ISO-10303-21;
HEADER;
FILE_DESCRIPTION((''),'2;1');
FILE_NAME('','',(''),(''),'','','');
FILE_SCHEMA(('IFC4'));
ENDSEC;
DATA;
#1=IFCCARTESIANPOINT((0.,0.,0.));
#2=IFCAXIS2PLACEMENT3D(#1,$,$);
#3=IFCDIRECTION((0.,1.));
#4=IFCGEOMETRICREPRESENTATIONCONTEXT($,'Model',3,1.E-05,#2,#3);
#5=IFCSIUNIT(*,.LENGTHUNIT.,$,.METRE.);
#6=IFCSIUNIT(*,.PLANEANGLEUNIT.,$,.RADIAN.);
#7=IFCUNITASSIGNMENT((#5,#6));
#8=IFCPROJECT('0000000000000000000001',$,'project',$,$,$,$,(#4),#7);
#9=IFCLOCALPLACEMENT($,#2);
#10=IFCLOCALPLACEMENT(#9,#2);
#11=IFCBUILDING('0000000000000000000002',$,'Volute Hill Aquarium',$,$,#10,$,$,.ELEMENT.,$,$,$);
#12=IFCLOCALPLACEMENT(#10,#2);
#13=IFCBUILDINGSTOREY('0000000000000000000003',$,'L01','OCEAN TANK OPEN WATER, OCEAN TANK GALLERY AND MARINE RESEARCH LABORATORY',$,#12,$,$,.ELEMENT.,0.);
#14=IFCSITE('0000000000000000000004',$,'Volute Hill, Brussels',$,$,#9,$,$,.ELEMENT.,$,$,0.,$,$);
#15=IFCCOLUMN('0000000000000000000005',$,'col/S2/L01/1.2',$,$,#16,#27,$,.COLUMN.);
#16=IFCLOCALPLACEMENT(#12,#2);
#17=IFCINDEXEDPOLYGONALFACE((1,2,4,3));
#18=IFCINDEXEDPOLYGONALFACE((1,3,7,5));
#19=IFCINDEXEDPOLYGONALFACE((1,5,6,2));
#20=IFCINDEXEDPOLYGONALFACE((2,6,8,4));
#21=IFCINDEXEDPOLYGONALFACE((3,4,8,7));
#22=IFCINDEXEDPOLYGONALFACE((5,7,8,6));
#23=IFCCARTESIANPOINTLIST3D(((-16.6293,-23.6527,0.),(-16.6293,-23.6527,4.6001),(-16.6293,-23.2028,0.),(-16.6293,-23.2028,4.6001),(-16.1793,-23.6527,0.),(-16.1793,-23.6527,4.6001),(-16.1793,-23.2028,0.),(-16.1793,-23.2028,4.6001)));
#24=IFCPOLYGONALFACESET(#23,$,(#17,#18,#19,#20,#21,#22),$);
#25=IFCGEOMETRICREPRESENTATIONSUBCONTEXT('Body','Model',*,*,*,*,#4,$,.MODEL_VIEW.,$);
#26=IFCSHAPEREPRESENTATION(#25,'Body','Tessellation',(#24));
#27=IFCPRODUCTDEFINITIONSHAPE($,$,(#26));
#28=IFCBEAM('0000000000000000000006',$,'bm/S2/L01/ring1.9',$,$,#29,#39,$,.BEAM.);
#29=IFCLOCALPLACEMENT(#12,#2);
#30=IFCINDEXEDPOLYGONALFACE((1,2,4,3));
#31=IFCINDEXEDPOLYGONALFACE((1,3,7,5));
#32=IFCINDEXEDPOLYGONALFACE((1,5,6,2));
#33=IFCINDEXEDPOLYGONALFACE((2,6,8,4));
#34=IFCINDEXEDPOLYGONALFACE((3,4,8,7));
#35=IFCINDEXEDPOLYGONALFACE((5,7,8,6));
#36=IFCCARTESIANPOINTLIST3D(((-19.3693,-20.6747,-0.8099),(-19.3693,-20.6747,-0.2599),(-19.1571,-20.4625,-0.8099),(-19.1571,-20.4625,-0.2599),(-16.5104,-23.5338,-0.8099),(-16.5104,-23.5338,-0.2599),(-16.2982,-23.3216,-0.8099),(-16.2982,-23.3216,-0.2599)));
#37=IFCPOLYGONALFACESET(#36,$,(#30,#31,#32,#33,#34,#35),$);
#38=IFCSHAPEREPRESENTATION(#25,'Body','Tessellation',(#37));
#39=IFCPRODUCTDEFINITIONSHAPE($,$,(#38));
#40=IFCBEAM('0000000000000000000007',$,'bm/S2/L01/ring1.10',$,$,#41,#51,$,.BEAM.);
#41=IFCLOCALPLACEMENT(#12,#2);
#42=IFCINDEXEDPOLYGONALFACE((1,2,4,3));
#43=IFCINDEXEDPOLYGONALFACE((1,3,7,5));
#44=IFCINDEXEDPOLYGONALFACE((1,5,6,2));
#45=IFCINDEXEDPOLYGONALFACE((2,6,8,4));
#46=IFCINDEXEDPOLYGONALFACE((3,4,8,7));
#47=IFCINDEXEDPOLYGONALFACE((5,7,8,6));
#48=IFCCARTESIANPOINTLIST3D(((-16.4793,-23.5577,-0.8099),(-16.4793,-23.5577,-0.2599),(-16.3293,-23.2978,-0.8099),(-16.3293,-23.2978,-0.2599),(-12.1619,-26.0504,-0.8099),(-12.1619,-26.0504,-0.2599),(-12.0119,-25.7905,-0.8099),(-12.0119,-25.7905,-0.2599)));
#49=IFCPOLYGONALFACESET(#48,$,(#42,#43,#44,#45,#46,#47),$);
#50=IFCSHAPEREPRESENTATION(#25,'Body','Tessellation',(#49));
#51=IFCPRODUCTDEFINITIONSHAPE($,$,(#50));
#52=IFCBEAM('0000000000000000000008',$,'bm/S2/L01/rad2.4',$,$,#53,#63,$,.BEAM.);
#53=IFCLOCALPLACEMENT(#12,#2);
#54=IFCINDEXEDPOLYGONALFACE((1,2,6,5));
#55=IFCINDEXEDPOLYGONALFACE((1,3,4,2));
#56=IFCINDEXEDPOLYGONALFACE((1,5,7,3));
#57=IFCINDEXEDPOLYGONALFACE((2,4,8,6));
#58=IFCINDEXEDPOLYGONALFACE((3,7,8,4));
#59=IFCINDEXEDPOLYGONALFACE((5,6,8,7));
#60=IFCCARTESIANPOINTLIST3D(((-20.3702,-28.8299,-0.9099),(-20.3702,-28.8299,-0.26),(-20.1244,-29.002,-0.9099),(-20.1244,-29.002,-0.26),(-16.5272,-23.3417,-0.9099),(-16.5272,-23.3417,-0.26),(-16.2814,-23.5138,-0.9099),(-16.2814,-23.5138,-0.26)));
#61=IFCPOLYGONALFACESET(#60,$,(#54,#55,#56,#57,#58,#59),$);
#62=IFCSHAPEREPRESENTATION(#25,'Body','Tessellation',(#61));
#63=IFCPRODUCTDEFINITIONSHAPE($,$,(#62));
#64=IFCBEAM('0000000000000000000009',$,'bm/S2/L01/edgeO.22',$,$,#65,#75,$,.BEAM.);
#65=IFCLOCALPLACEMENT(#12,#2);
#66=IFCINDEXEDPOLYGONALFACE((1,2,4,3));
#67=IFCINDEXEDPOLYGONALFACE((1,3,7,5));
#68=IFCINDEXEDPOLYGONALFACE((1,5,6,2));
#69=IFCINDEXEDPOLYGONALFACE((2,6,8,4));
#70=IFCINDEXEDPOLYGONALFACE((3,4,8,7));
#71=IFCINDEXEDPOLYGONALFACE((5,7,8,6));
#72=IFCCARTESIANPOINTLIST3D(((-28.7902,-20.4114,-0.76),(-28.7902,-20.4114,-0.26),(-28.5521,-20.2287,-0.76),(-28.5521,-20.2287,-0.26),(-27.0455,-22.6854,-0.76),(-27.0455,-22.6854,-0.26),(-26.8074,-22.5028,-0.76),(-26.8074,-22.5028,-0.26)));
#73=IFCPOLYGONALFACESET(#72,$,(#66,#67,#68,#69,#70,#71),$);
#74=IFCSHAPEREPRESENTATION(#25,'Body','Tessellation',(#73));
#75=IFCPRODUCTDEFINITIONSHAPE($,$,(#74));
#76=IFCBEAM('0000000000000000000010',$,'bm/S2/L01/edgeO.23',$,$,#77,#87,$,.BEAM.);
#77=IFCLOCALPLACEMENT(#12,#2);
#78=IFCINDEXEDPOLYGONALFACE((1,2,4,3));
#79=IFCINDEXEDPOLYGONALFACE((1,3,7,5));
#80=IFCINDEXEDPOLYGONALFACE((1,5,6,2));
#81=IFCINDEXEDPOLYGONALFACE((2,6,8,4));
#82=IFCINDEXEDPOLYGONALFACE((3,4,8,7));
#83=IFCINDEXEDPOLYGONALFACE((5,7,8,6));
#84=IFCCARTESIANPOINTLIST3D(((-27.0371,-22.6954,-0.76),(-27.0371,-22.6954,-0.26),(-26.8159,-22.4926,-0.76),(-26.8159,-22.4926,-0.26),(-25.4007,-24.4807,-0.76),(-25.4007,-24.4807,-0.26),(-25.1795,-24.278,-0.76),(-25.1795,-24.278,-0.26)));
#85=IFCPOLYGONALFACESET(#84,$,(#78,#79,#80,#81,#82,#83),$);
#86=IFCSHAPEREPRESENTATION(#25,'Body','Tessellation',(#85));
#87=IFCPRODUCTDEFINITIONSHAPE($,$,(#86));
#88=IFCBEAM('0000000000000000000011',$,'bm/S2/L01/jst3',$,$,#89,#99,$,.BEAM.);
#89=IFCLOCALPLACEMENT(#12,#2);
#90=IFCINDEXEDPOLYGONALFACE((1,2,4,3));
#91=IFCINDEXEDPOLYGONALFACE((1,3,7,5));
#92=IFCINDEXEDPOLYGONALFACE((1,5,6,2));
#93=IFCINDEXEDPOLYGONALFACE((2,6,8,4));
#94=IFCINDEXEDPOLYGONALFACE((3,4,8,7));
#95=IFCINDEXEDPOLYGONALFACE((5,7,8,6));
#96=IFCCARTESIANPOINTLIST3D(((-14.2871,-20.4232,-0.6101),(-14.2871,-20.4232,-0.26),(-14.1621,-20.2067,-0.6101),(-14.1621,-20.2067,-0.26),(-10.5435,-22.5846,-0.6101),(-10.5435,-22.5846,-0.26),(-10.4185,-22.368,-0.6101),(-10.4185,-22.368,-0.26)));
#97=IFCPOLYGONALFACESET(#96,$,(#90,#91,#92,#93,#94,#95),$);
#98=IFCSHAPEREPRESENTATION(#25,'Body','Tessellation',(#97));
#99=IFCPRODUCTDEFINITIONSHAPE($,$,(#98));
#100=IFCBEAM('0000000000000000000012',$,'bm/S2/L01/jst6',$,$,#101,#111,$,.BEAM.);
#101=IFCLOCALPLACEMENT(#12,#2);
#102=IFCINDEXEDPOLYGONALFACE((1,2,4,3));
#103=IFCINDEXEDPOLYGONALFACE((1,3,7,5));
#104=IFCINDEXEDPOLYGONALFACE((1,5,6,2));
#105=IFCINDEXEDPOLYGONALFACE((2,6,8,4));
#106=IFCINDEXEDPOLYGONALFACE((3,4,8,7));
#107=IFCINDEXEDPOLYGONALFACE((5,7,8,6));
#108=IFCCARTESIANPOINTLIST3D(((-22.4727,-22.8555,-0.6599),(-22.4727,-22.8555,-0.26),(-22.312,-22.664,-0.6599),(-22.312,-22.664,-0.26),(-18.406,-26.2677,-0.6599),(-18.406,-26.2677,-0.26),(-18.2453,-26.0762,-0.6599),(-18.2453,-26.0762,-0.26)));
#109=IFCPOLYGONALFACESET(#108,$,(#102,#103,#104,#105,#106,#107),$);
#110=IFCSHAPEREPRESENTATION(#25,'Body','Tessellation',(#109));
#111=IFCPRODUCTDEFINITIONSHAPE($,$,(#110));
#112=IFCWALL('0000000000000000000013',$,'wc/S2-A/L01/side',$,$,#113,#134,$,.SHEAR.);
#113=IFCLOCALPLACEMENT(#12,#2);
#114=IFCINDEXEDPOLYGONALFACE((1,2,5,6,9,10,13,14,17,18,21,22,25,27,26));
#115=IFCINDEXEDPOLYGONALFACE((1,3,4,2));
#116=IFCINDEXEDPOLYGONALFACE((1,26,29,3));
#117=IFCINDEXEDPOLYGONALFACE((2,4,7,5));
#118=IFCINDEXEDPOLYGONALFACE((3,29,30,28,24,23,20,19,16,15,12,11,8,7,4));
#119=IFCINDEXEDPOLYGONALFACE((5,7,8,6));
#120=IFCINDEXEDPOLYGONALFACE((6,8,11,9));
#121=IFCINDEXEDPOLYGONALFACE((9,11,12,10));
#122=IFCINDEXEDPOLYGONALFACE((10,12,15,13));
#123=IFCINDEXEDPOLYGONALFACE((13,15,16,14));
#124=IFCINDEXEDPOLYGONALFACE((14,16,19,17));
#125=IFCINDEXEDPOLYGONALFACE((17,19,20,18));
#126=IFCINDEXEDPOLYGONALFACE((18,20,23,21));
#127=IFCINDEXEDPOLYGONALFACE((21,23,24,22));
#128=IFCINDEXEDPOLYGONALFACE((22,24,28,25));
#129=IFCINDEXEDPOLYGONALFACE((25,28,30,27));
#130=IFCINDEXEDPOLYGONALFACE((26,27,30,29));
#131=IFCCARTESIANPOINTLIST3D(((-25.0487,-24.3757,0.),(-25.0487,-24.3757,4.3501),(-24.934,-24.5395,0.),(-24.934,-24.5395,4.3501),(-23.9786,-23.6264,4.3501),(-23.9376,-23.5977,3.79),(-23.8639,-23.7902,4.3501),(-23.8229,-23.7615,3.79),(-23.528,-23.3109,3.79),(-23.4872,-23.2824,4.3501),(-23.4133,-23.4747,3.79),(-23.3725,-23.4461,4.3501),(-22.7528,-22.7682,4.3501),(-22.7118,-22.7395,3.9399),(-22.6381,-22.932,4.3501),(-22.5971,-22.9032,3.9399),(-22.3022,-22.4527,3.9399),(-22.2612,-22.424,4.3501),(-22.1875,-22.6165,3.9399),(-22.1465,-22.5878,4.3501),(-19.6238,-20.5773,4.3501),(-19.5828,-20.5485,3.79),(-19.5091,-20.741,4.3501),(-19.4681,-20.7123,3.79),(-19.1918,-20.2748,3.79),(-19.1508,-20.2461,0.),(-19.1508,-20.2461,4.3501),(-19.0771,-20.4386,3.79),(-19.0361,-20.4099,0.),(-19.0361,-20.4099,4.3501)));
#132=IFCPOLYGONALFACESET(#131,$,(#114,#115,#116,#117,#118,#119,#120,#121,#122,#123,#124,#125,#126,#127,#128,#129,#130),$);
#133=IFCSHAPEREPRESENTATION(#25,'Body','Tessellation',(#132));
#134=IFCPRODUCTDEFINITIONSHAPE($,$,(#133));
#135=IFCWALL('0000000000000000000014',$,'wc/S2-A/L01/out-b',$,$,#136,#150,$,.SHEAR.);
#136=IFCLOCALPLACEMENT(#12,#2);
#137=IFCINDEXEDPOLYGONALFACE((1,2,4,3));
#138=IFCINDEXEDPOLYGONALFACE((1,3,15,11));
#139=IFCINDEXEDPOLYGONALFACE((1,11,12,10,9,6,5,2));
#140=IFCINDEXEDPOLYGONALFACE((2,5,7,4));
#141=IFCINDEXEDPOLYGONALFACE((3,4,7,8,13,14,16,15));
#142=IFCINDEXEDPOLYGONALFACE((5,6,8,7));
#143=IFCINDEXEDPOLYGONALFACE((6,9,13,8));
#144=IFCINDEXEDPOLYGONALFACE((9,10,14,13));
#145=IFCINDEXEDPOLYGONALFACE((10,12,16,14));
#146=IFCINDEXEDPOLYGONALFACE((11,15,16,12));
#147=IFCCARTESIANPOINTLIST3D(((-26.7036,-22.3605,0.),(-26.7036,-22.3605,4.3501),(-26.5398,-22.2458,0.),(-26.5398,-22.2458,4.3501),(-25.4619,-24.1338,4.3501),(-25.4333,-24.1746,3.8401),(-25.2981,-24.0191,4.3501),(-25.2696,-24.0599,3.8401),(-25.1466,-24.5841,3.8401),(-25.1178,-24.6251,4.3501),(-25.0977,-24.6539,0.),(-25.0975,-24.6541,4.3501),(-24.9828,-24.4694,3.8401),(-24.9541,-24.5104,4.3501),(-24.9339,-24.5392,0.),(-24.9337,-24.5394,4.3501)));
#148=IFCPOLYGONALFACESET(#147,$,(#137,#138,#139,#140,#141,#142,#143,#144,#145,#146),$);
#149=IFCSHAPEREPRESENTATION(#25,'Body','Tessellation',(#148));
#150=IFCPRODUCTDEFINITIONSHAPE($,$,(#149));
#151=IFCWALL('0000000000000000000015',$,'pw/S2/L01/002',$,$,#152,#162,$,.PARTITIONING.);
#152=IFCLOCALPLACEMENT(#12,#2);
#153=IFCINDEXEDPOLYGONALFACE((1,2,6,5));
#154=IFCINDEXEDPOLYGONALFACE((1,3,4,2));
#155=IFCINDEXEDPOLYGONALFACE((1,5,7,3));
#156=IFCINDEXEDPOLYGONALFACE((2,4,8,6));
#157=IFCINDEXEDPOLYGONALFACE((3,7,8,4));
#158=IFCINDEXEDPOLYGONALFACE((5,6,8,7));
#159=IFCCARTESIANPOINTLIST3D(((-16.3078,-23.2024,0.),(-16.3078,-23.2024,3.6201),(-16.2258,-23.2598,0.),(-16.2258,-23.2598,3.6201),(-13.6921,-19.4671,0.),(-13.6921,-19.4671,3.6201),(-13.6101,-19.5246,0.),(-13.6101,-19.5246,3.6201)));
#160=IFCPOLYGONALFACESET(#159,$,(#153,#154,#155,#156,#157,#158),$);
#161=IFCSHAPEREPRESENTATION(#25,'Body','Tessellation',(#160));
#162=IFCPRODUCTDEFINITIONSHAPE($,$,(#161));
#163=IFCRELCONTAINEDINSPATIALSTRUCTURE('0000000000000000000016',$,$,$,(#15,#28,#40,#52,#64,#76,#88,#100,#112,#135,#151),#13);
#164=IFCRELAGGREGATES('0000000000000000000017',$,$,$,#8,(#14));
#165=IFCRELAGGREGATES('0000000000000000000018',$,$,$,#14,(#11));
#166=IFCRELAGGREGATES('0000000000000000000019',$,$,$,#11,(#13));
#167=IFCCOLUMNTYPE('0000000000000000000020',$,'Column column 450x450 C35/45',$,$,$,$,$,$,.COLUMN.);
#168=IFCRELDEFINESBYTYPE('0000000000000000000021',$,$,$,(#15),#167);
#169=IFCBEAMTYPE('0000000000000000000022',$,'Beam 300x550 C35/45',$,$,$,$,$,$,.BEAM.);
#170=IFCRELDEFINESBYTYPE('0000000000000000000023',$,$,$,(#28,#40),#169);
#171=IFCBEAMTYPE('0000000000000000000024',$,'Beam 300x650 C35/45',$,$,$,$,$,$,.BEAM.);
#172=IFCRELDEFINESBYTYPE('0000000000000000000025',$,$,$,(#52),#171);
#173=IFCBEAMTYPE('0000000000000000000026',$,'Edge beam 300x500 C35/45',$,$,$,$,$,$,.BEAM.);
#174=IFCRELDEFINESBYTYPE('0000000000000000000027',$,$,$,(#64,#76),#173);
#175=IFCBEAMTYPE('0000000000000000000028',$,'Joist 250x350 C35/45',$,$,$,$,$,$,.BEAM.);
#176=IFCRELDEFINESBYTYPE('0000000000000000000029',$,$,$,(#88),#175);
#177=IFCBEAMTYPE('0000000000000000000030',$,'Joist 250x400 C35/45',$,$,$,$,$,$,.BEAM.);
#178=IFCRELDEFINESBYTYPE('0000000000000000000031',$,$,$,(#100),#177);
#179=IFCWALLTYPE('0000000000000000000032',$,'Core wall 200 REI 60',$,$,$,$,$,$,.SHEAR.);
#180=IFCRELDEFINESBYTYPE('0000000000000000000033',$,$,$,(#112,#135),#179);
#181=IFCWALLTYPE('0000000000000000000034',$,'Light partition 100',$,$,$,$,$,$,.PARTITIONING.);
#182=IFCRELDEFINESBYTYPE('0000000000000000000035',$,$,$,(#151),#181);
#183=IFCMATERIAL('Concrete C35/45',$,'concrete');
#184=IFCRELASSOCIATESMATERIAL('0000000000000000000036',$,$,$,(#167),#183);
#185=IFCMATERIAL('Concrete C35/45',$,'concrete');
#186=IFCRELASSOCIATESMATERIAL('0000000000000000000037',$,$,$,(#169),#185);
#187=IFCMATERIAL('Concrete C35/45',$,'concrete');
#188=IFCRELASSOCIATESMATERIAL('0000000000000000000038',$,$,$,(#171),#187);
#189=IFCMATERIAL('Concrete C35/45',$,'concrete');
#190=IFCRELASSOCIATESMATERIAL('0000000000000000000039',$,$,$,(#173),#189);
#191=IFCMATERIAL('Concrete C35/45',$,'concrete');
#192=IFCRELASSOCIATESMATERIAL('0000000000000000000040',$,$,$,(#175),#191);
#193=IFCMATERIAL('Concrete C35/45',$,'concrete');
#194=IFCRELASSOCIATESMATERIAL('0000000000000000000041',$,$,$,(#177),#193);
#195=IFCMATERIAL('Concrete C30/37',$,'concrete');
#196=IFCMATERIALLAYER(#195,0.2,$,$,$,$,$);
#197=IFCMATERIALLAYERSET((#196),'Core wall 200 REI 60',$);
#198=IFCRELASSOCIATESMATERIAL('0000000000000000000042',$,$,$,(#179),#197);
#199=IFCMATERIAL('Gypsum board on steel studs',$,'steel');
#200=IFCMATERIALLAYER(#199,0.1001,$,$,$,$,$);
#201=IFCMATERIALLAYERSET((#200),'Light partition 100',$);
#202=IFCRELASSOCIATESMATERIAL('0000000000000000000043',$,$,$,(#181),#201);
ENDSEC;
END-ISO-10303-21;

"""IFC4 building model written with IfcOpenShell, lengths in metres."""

from ifc_helpers import new_model, si_unit, direction, frame, frame_2d, origin, origin_2d, place, context, subcontext, project, spatial, polyline, rectangle, outline, extrude, material, layer, layer_set, material_profile, profile_set, type_object, element, save


model = new_model("IFC4")

# Units and contexts
model_context = context("Model", 3, precision=1e-05, world=origin(), true_north=direction((0.0, 1.0)))
body_context = subcontext(model_context, "Body", "Model", "MODEL_VIEW")
ifc_project = project(units=[si_unit("LENGTHUNIT", "METRE"), si_unit("PLANEANGLEUNIT", "RADIAN")], contexts=[model_context])

# Site, building, storey
site_placement = place(None, origin())
site = spatial("IfcSite", under=ifc_project, at=site_placement, Name="Volute Hill, Brussels", CompositionType="ELEMENT", RefElevation=0.0)
building_placement = place(site_placement, origin())
building = spatial("IfcBuilding", under=site, at=building_placement, Name="Volute Hill Aquarium", CompositionType="ELEMENT")
storey_placement = place(building_placement, origin())
storey = spatial("IfcBuildingStorey", under=building, at=storey_placement, Name="L01", Description="OCEAN TANK OPEN WATER, OCEAN TANK GALLERY AND MARINE RESEARCH LABORATORY", CompositionType="ELEMENT", Elevation=0.0)

# Column
ifc_material_1 = material(Name="Concrete C35/45", Category="concrete")
ifc_material_profile_1 = material_profile(ifc_material_1, rectangle(XDim=0.45, YDim=0.45, at=origin_2d()), Name="RC column 450x450")
ifc_profile_set_1 = profile_set([ifc_material_profile_1], Name="Concrete C35/45")
column_type = type_object("IfcColumnType", Name="Column column 450x450 C35/45", PredefinedType="COLUMN", material=ifc_profile_set_1)
column_placement = place(storey_placement, frame((-16.4043, -23.4277, 0.0), z_axis=(0.0, 0.0, 1.0), x_axis=(1.0, 0.0, 0.0)))
element("IfcColumn", 1, at=column_placement, inside=storey, type_object=column_type, Name="col/S2/L01/1.2", PredefinedType="COLUMN", context=body_context, shape_type="SweptSolid", body=[
    extrude(rectangle(XDim=0.45, YDim=0.45, at=origin_2d()), origin(), (0.0, 0.0, 1.0), 4.6001),
])

# Beams
ifc_material_2 = material(Name="Concrete C35/45", Category="concrete")
ifc_material_profile_2 = material_profile(ifc_material_2, rectangle(XDim=0.3, YDim=0.55, at=origin_2d()), Name="RC beam 300x550")
ifc_profile_set_2 = profile_set([ifc_material_profile_2], Name="Concrete C35/45")
beam_type_1 = type_object("IfcBeamType", Name="Beam 300x550 C35/45", PredefinedType="BEAM", material=ifc_profile_set_2)
beam_1_placement = place(storey_placement, frame((-19.2632, -20.5686, -0.5349), z_axis=(0.707077, -0.707137, 0.0), x_axis=(0.707137, 0.707077, 0.0)))
element("IfcBeam", 2, at=beam_1_placement, inside=storey, type_object=beam_type_1, Name="bm/S2/L01/ring1.9", PredefinedType="BEAM", context=body_context, shape_type="SweptSolid", body=[
    extrude(rectangle(XDim=0.3, YDim=0.55, at=origin_2d()), origin(), (0.0, 0.0, 1.0), 4.0432),
])
beam_2_placement = place(storey_placement, frame((-16.4043, -23.4277, -0.5349), z_axis=(0.866022, -0.500005, 0.0), x_axis=(0.500005, 0.866022, 0.0)))
element("IfcBeam", 3, at=beam_2_placement, inside=storey, type_object=beam_type_1, Name="bm/S2/L01/ring1.10", PredefinedType="BEAM", context=body_context, shape_type="SweptSolid", body=[
    extrude(rectangle(XDim=0.3, YDim=0.55, at=origin_2d()), origin(), (0.0, 0.0, 1.0), 4.9854),
])
ifc_material_3 = material(Name="Concrete C35/45", Category="concrete")
ifc_material_profile_3 = material_profile(ifc_material_3, rectangle(XDim=0.3, YDim=0.6499, at=origin_2d()), Name="RC beam 300x650")
ifc_profile_set_3 = profile_set([ifc_material_profile_3], Name="Concrete C35/45")
beam_type_2 = type_object("IfcBeamType", Name="Beam 300x650 C35/45", PredefinedType="BEAM", material=ifc_profile_set_3)
beam_3_placement = place(storey_placement, frame((-16.4043, -23.4277, -0.585), z_axis=(-0.573585, -0.819146, 0.0), x_axis=(0.819146, -0.573585, 0.0)))
element("IfcBeam", 4, at=beam_3_placement, inside=storey, type_object=beam_type_2, Name="bm/S2/L01/rad2.4", PredefinedType="BEAM", context=body_context, shape_type="SweptSolid", body=[
    extrude(rectangle(XDim=0.3, YDim=0.6499, at=origin_2d()), origin(), (0.0, 0.0, 1.0), 6.7),
])
ifc_material_4 = material(Name="Concrete C35/45", Category="concrete")
ifc_material_profile_4 = material_profile(ifc_material_4, rectangle(XDim=0.3, YDim=0.5, at=origin_2d()), Name="RC edge beam 300x500")
ifc_profile_set_4 = profile_set([ifc_material_profile_4], Name="Concrete C35/45")
beam_type_3 = type_object("IfcBeamType", Name="Edge beam 300x500 C35/45", PredefinedType="BEAM", material=ifc_profile_set_4)
beam_4_placement = place(storey_placement, frame((-28.6711, -20.3201, -0.51), z_axis=(0.608714, -0.79339, 0.0), x_axis=(0.79339, 0.608714, 0.0)))
element("IfcBeam", 5, at=beam_4_placement, inside=storey, type_object=beam_type_3, Name="bm/S2/L01/edgeO.22", PredefinedType="BEAM", context=body_context, shape_type="SweptSolid", body=[
    extrude(rectangle(XDim=0.3, YDim=0.5, at=origin_2d()), origin(), (0.0, 0.0, 1.0), 2.8662),
])
beam_5_placement = place(storey_placement, frame((-26.9265, -22.594, -0.51), z_axis=(0.675693, -0.737183, 0.0), x_axis=(0.737183, 0.675693, 0.0)))
element("IfcBeam", 6, at=beam_5_placement, inside=storey, type_object=beam_type_3, Name="bm/S2/L01/edgeO.23", PredefinedType="BEAM", context=body_context, shape_type="SweptSolid", body=[
    extrude(rectangle(XDim=0.3, YDim=0.5, at=origin_2d()), origin(), (0.0, 0.0, 1.0), 2.4219),
])
ifc_material_5 = material(Name="Concrete C35/45", Category="concrete")
ifc_material_profile_5 = material_profile(ifc_material_5, rectangle(XDim=0.25, YDim=0.3501, at=origin_2d()), Name="RC joist 250x350")
ifc_profile_set_5 = profile_set([ifc_material_profile_5], Name="Concrete C35/45")
beam_type_4 = type_object("IfcBeamType", Name="Joist 250x350 C35/45", PredefinedType="BEAM", material=ifc_profile_set_5)
beam_6_placement = place(storey_placement, frame((-14.2246, -20.3149, -0.4351), z_axis=(0.866028, -0.499996, 0.0), x_axis=(0.499996, 0.866028, 0.0)))
element("IfcBeam", 7, at=beam_6_placement, inside=storey, type_object=beam_type_4, Name="bm/S2/L01/jst3", PredefinedType="BEAM", context=body_context, shape_type="SweptSolid", body=[
    extrude(rectangle(XDim=0.25, YDim=0.3501, at=origin_2d()), origin(), (0.0, 0.0, 1.0), 4.3228),
])
ifc_material_6 = material(Name="Concrete C35/45", Category="concrete")
ifc_material_profile_6 = material_profile(ifc_material_6, rectangle(XDim=0.25, YDim=0.3999, at=origin_2d()), Name="RC joist 250x400")
ifc_profile_set_6 = profile_set([ifc_material_profile_6], Name="Concrete C35/45")
beam_type_5 = type_object("IfcBeamType", Name="Joist 250x400 C35/45", PredefinedType="BEAM", material=ifc_profile_set_6)
beam_7_placement = place(storey_placement, frame((-22.3923, -22.7598, -0.46), z_axis=(0.766064, -0.642764, 0.0), x_axis=(0.642764, 0.766064, 0.0)))
element("IfcBeam", 8, at=beam_7_placement, inside=storey, type_object=beam_type_5, Name="bm/S2/L01/jst6", PredefinedType="BEAM", context=body_context, shape_type="SweptSolid", body=[
    extrude(rectangle(XDim=0.25, YDim=0.3999, at=origin_2d()), origin(), (0.0, 0.0, 1.0), 5.3086),
])

# Walls
ifc_material_7 = material(Name="Concrete C30/37", Category="concrete")
ifc_layer_1 = layer(ifc_material_7, 0.2)
ifc_layer_set_1 = layer_set([ifc_layer_1], Name="Core wall 200 REI 60")
wall_type_1 = type_object("IfcWallType", Name="Core wall 200 REI 60", PredefinedType="SHEAR", material=ifc_layer_set_1)
wall_1_placement = place(storey_placement, frame((-19.0935, -20.3279, 0.0), z_axis=(0.0, 0.0, 1.0), x_axis=(-0.819162, -0.573562, 0.0)))
element("IfcWall", 9, at=wall_1_placement, inside=storey, type_object=wall_type_1, Name="wc/S2-A/L01/side", PredefinedType="SHEAR", context=body_context, shape_type="SweptSolid", body=[
    extrude(outline(polyline([(0.0, 0.0), (7.2, 0.0), (7.2, 4.3501), (5.8936, 4.3501), (5.8435, 3.79), (5.3435, 3.79), (5.2937, 4.3501), (4.3972, 4.3501), (4.3472, 3.9399), (3.8472, 3.9399), (3.7971, 4.3501), (0.5774, 4.3501), (0.5273, 3.79), (0.05, 3.79), (0.0, 4.3501), (0.0, 0.0)])), frame((0.0, 0.1001, 0.0), z_axis=(0.0, -1.0, 0.0), x_axis=(1.0, 0.0, 0.0)), (0.0, 0.0, 1.0), 0.2),
])
wall_2_placement = place(storey_placement, frame((-26.6218, -22.3032, 0.0), z_axis=(0.0, 0.0, 1.0), x_axis=(0.573591, -0.819142, 0.0)))
element("IfcWall", 10, at=wall_2_placement, inside=storey, type_object=wall_type_1, Name="wc/S2-A/L01/out-b", PredefinedType="SHEAR", context=body_context, shape_type="SweptSolid", body=[
    extrude(outline(polyline([(0.0, 0.0), (2.7998, 0.0), (2.8, 4.3501), (2.7646, 4.3501), (2.7146, 3.8401), (2.2146, 3.8401), (2.1648, 4.3501), (0.0, 4.3501), (0.0, 0.0)])), frame((0.0, 0.1001, 0.0), z_axis=(0.0, -1.0, 0.0), x_axis=(1.0, 0.0, 0.0)), (0.0, 0.0, 1.0), 0.2),
])
ifc_material_8 = material(Name="Gypsum board on steel studs", Category="steel")
ifc_layer_2 = layer(ifc_material_8, 0.1001)
ifc_layer_set_2 = layer_set([ifc_layer_2], Name="Light partition 100")
wall_type_2 = type_object("IfcWallType", Name="Light partition 100", PredefinedType="PARTITIONING", material=ifc_layer_set_2)
wall_3_placement = place(storey_placement, frame((-13.6511, -19.4958, 0.0), z_axis=(0.0, 0.0, 1.0), x_axis=(-0.573606, -0.819131, 0.0)))
element("IfcWall", 11, at=wall_3_placement, inside=storey, type_object=wall_type_2, Name="pw/S2/L01/002", PredefinedType="PARTITIONING", context=body_context, shape_type="SweptSolid", body=[
    extrude(rectangle(XDim=4.5601, YDim=0.1001, at=frame_2d((2.28, 0.0))), origin(), (0.0, 0.0, 1.0), 3.6201),
])

save(model, "model.ifc")
